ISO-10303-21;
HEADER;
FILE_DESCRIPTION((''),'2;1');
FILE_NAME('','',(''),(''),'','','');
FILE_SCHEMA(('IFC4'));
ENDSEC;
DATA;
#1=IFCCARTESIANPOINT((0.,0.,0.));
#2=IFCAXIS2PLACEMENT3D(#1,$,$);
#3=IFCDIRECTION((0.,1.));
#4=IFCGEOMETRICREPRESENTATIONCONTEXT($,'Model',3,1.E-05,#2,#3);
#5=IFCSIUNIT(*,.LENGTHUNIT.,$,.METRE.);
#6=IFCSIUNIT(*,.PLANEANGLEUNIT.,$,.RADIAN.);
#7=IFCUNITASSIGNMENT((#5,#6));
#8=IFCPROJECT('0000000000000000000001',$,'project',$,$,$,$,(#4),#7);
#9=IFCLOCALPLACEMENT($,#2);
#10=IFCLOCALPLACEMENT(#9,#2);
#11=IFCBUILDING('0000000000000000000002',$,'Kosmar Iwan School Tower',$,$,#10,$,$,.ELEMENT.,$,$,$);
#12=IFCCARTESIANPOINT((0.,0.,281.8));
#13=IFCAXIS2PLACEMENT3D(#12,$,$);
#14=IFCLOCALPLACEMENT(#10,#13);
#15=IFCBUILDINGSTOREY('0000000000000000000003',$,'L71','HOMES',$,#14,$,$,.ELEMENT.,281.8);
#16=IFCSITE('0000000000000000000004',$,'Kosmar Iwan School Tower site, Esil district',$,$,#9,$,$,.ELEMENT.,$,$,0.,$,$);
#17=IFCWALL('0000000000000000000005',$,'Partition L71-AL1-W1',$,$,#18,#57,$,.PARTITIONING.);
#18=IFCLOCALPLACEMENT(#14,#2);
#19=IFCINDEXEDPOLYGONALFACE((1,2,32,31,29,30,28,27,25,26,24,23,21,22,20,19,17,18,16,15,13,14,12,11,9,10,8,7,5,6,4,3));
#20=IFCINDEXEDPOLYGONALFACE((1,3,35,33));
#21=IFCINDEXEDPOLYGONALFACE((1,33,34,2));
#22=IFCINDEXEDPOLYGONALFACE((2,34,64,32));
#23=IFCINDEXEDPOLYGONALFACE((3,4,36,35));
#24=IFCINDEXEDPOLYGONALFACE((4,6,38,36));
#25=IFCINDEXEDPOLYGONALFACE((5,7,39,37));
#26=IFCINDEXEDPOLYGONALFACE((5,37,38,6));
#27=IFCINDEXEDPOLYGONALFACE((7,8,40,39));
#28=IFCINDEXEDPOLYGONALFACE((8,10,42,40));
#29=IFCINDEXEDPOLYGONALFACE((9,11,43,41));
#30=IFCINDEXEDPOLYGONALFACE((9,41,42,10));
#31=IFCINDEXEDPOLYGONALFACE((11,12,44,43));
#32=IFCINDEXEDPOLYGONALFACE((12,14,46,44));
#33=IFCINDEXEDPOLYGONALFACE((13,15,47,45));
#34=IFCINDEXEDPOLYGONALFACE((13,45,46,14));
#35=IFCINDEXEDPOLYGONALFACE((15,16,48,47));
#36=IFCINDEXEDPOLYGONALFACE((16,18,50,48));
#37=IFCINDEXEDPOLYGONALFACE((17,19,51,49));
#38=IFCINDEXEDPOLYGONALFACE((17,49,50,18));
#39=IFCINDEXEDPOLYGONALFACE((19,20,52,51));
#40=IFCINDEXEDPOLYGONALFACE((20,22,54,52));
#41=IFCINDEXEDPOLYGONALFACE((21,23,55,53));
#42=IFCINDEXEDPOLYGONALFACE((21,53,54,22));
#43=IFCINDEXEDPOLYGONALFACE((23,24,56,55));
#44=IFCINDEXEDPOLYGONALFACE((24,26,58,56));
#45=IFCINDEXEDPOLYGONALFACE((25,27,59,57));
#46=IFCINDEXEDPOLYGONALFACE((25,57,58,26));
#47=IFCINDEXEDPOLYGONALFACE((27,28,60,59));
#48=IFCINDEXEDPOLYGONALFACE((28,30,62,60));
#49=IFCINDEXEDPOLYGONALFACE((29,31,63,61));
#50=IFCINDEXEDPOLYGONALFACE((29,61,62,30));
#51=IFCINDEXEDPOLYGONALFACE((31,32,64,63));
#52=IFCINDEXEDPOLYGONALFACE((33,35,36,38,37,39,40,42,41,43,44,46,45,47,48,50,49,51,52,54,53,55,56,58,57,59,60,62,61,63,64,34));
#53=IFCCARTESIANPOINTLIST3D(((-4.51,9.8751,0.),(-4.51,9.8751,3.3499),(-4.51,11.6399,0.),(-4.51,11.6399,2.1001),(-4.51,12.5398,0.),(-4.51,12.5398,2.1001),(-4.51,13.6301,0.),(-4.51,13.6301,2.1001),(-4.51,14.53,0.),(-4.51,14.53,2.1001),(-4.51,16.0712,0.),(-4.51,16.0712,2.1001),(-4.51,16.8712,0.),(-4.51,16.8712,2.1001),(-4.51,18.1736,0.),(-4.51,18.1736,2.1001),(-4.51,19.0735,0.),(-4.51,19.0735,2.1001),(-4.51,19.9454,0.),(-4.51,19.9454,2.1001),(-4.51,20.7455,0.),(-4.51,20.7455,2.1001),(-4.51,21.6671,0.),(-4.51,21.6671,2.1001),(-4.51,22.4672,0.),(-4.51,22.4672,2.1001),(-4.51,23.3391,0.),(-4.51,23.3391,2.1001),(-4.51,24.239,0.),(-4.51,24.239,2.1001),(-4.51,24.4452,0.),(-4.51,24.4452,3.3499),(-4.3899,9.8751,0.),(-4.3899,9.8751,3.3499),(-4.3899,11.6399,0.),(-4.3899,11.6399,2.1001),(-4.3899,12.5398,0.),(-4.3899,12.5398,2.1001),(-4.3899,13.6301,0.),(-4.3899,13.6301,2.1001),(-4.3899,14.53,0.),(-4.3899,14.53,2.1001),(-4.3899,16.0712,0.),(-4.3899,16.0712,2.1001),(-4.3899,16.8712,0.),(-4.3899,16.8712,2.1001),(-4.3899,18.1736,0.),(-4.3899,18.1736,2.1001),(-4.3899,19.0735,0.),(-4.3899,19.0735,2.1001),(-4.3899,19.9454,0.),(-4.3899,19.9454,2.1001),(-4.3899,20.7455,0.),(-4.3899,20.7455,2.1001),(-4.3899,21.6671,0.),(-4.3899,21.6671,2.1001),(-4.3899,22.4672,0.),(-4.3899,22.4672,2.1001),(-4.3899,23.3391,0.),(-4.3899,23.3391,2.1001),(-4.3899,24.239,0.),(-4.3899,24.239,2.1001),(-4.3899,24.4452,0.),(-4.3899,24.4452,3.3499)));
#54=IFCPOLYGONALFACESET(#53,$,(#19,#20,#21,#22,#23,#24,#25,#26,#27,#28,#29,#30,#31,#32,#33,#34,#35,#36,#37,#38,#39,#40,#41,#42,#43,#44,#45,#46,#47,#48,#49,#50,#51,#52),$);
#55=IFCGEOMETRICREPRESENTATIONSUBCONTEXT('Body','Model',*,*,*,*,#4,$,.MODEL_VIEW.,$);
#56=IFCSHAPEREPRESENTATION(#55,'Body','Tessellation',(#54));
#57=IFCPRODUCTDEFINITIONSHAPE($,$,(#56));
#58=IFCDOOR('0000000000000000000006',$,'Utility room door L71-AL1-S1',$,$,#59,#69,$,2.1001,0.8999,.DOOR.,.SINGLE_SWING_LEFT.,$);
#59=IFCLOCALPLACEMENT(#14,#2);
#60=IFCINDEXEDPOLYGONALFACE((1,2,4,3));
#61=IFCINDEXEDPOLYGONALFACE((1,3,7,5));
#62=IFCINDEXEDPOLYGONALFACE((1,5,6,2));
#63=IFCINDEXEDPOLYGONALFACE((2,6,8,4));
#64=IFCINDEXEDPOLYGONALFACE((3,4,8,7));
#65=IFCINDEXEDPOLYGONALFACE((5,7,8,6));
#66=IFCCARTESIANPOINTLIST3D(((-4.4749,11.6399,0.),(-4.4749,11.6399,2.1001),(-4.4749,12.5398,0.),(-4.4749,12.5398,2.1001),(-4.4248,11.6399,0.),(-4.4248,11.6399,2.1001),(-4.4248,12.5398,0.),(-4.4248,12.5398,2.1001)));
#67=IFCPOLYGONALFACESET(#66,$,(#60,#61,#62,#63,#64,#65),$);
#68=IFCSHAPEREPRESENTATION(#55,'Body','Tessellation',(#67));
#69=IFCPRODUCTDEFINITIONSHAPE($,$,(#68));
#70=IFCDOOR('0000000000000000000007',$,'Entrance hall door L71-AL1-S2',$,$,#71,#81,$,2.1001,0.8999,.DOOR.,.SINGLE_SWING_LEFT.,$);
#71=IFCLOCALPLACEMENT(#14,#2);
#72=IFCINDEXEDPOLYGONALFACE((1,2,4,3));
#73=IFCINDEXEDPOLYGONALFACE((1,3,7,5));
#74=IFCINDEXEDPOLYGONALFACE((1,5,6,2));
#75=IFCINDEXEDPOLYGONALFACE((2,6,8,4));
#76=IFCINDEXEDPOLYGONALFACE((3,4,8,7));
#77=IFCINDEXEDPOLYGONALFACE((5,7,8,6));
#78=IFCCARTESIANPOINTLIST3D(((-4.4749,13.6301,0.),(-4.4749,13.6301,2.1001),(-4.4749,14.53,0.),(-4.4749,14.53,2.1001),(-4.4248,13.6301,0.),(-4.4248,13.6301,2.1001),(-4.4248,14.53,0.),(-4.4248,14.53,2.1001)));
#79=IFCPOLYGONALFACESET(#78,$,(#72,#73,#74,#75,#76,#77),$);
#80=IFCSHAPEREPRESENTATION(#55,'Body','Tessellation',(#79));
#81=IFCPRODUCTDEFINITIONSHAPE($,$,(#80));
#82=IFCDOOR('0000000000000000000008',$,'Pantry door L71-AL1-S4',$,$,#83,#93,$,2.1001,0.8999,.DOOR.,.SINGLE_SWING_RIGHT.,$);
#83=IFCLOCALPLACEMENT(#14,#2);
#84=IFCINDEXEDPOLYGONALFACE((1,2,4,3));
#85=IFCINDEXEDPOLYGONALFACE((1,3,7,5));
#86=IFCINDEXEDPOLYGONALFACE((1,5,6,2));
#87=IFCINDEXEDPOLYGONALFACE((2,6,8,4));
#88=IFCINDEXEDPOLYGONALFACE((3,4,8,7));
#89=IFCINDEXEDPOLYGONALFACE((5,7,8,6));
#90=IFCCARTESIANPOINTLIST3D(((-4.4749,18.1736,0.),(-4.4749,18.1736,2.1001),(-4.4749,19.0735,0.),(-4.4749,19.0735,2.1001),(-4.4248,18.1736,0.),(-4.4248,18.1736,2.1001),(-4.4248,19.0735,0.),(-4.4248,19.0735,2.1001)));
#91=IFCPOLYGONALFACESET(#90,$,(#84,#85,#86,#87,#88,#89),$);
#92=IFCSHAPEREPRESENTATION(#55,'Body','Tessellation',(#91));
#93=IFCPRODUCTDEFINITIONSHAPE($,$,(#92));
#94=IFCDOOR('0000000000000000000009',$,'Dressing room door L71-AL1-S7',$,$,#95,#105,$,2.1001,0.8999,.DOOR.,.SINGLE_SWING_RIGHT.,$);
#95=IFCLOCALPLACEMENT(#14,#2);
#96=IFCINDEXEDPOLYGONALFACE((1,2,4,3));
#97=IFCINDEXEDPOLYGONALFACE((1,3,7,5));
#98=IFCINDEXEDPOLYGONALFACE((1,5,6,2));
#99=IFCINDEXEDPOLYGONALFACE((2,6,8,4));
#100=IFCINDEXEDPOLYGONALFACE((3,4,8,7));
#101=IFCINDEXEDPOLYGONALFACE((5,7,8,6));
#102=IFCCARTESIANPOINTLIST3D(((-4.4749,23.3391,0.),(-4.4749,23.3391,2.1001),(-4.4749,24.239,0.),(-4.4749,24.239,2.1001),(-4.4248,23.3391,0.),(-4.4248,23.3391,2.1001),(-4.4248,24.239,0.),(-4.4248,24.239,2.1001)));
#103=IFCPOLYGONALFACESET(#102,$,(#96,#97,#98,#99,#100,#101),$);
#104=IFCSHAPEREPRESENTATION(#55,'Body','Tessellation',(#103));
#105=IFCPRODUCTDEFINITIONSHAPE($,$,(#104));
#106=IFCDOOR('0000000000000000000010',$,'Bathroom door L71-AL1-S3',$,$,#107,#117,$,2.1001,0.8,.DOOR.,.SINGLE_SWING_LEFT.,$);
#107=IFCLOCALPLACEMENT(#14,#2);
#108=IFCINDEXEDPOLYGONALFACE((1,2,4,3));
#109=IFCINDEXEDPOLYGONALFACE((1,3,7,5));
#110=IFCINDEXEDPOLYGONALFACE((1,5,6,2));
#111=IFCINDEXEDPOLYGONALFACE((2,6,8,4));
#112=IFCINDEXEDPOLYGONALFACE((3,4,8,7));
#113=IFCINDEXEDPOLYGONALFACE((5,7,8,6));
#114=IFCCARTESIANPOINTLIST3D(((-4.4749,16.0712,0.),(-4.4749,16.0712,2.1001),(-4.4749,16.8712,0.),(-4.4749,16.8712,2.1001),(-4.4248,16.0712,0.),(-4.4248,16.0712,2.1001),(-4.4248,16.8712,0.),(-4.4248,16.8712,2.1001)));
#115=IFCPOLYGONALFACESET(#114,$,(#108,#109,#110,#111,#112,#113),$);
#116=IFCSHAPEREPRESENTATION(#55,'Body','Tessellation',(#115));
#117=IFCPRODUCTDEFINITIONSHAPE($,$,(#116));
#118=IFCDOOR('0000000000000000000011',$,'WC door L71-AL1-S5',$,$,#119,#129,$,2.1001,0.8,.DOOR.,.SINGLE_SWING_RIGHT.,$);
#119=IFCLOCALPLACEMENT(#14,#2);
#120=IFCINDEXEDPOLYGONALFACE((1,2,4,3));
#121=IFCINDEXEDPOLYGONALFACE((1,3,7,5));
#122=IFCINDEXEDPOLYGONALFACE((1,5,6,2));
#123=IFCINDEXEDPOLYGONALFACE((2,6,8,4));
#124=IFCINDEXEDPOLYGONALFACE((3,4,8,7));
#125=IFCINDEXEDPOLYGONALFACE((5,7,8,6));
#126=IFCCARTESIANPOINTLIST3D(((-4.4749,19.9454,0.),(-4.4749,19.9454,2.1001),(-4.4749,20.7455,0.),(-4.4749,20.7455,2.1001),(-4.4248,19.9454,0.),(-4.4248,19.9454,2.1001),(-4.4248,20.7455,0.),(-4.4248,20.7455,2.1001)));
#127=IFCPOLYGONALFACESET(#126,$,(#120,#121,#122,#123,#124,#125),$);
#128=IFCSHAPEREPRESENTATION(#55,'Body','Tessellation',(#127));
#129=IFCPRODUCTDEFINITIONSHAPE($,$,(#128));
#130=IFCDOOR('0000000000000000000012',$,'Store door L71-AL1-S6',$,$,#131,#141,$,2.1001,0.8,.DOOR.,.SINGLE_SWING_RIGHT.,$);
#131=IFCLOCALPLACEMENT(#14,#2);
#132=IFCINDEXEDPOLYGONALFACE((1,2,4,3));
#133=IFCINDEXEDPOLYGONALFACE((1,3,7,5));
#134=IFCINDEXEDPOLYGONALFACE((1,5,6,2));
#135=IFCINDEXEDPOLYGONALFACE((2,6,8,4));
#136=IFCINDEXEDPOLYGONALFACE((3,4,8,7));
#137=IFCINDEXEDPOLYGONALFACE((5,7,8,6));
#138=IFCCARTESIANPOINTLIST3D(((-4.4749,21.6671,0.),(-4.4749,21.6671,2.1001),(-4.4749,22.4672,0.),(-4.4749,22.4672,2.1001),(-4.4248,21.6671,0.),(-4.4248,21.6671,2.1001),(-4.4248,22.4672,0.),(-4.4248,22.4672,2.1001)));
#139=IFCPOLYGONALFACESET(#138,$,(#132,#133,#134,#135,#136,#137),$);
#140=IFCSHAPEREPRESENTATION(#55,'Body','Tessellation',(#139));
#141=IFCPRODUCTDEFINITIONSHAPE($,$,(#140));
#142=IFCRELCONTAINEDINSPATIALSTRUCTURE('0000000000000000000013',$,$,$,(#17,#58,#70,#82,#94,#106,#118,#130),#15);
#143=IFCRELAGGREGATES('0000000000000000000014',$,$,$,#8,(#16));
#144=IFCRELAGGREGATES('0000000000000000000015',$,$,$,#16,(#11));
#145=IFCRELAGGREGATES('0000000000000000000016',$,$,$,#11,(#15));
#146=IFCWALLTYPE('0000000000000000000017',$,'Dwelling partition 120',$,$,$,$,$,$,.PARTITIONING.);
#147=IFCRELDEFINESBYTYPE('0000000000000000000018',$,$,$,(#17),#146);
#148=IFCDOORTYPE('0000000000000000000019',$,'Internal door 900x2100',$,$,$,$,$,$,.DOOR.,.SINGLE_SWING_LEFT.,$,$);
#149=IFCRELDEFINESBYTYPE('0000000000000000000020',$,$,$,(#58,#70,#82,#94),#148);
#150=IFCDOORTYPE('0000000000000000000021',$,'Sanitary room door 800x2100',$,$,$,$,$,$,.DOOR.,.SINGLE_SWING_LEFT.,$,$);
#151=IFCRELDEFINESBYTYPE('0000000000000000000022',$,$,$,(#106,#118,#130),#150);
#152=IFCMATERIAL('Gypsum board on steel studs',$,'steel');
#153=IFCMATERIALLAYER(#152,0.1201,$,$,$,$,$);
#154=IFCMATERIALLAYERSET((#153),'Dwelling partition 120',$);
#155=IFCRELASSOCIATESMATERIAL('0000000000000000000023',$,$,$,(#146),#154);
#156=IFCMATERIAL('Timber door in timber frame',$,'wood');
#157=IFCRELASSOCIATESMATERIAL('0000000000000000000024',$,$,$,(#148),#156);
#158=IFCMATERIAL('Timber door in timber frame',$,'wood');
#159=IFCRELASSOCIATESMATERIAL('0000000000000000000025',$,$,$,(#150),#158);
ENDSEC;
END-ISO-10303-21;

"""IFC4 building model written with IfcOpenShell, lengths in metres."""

from ifc_helpers import new_model, si_unit, direction, frame, frame_2d, origin, place, context, subcontext, project, spatial, rectangle, extrude, material, layer, layer_set, type_object, element, fill, save


model = new_model("IFC4")

# Units and contexts
model_context = context("Model", 3, precision=1e-05, world=origin(), true_north=direction((0.0, 1.0)))
body_context = subcontext(model_context, "Body", "Model", "MODEL_VIEW")
ifc_project = project(units=[si_unit("LENGTHUNIT", "METRE"), si_unit("PLANEANGLEUNIT", "RADIAN")], contexts=[model_context])

# Site, building, storey
site_placement = place(None, origin())
site = spatial("IfcSite", under=ifc_project, at=site_placement, Name="Kosmar Iwan School Tower site, Esil district", CompositionType="ELEMENT", RefElevation=0.0)
building_placement = place(site_placement, origin())
building = spatial("IfcBuilding", under=site, at=building_placement, Name="Kosmar Iwan School Tower", CompositionType="ELEMENT")
storey_placement = place(building_placement, frame((0.0, 0.0, 281.8)))
storey = spatial("IfcBuildingStorey", under=building, at=storey_placement, Name="L71", Description="HOMES", CompositionType="ELEMENT", Elevation=281.8)

# Wall, openings, doors
ifc_material_1 = material(Name="Gypsum board on steel studs", Category="steel")
ifc_layer_1 = layer(ifc_material_1, 0.1201)
ifc_layer_set_1 = layer_set([ifc_layer_1], Name="Dwelling partition 120")
wall_type_1 = type_object("IfcWallType", Name="Dwelling partition 120", PredefinedType="PARTITIONING", material=ifc_layer_set_1)
wall_1_placement = place(storey_placement, frame((-4.45, 9.875, 0.0), z_axis=(0.0, 0.0, 1.0), x_axis=(0.0, 1.0, 0.0)))
wall_1 = element("IfcWall", 1, at=wall_1_placement, inside=storey, type_object=wall_type_1, Name="Partition L71-AL1-W1", PredefinedType="PARTITIONING", context=body_context, shape_type="SweptSolid", body=[
    extrude(rectangle(XDim=14.5701, YDim=0.1201, at=frame_2d((7.2852, 0.0))), origin(), (0.0, 0.0, 1.0), 3.3499),
])
opening_1_placement = place(wall_1_placement, frame((1.7649, 0.0, 0.0)))
opening_1 = element("IfcOpeningElement", 2, at=opening_1_placement, cuts=wall_1, PredefinedType="OPENING", context=body_context, shape_type="SweptSolid", body=[
    extrude(rectangle(XDim=0.8999, YDim=2.1001, at=frame_2d((0.45, 1.05))), frame((0.0, 0.072, 0.0), z_axis=(0.0, -1.0, 0.0), x_axis=(1.0, 0.0, 0.0)), (0.0, 0.0, 1.0), 0.144),
])
opening_2_placement = place(wall_1_placement, frame((3.7551, 0.0, 0.0)))
opening_2 = element("IfcOpeningElement", 3, at=opening_2_placement, cuts=wall_1, PredefinedType="OPENING", context=body_context, shape_type="SweptSolid", body=[
    extrude(rectangle(XDim=0.8999, YDim=2.1001, at=frame_2d((0.45, 1.05))), frame((0.0, 0.072, 0.0), z_axis=(0.0, -1.0, 0.0), x_axis=(1.0, 0.0, 0.0)), (0.0, 0.0, 1.0), 0.144),
])
opening_3_placement = place(wall_1_placement, frame((6.1963, 0.0, 0.0)))
opening_3 = element("IfcOpeningElement", 4, at=opening_3_placement, cuts=wall_1, PredefinedType="OPENING", context=body_context, shape_type="SweptSolid", body=[
    extrude(rectangle(XDim=0.8, YDim=2.1001, at=frame_2d((0.3999, 1.05))), frame((0.0, 0.072, 0.0), z_axis=(0.0, -1.0, 0.0), x_axis=(1.0, 0.0, 0.0)), (0.0, 0.0, 1.0), 0.144),
])
opening_4_placement = place(wall_1_placement, frame((8.2986, 0.0, 0.0)))
opening_4 = element("IfcOpeningElement", 5, at=opening_4_placement, cuts=wall_1, PredefinedType="OPENING", context=body_context, shape_type="SweptSolid", body=[
    extrude(rectangle(XDim=0.8999, YDim=2.1001, at=frame_2d((0.45, 1.05))), frame((0.0, 0.072, 0.0), z_axis=(0.0, -1.0, 0.0), x_axis=(1.0, 0.0, 0.0)), (0.0, 0.0, 1.0), 0.144),
])
opening_5_placement = place(wall_1_placement, frame((10.0706, 0.0, 0.0)))
opening_5 = element("IfcOpeningElement", 6, at=opening_5_placement, cuts=wall_1, PredefinedType="OPENING", context=body_context, shape_type="SweptSolid", body=[
    extrude(rectangle(XDim=0.8, YDim=2.1001, at=frame_2d((0.3999, 1.05))), frame((0.0, 0.072, 0.0), z_axis=(0.0, -1.0, 0.0), x_axis=(1.0, 0.0, 0.0)), (0.0, 0.0, 1.0), 0.144),
])
opening_6_placement = place(wall_1_placement, frame((11.7922, 0.0, 0.0)))
opening_6 = element("IfcOpeningElement", 7, at=opening_6_placement, cuts=wall_1, PredefinedType="OPENING", context=body_context, shape_type="SweptSolid", body=[
    extrude(rectangle(XDim=0.8, YDim=2.1001, at=frame_2d((0.3999, 1.05))), frame((0.0, 0.072, 0.0), z_axis=(0.0, -1.0, 0.0), x_axis=(1.0, 0.0, 0.0)), (0.0, 0.0, 1.0), 0.144),
])
opening_7_placement = place(wall_1_placement, frame((13.4641, 0.0, 0.0)))
opening_7 = element("IfcOpeningElement", 8, at=opening_7_placement, cuts=wall_1, PredefinedType="OPENING", context=body_context, shape_type="SweptSolid", body=[
    extrude(rectangle(XDim=0.8999, YDim=2.1001, at=frame_2d((0.45, 1.05))), frame((0.0, 0.072, 0.0), z_axis=(0.0, -1.0, 0.0), x_axis=(1.0, 0.0, 0.0)), (0.0, 0.0, 1.0), 0.144),
])
ifc_material_2 = material(Name="Timber door in timber frame", Category="wood")
door_type_1 = type_object("IfcDoorType", Name="Internal door 900x2100", OperationType="SINGLE_SWING_LEFT", PredefinedType="DOOR", material=ifc_material_2)
door_1_placement = place(opening_1_placement, origin())
door_1 = element("IfcDoor", 9, at=door_1_placement, inside=storey, type_object=door_type_1, Name="Utility room door L71-AL1-S1", OperationType="SINGLE_SWING_LEFT", OverallHeight=2.1001, OverallWidth=0.8999, PredefinedType="DOOR", context=body_context, shape_type="SweptSolid", body=[
    extrude(rectangle(XDim=0.8999, YDim=2.1001, at=frame_2d((0.45, 1.05))), frame((0.0, 0.0249, 0.0), z_axis=(0.0, -1.0, 0.0), x_axis=(1.0, 0.0, 0.0)), (0.0, 0.0, 1.0), 0.05),
])
fill(opening_1, door_1)
door_2_placement = place(opening_2_placement, origin())
door_2 = element("IfcDoor", 10, at=door_2_placement, inside=storey, type_object=door_type_1, Name="Entrance hall door L71-AL1-S2", OperationType="SINGLE_SWING_LEFT", OverallHeight=2.1001, OverallWidth=0.8999, PredefinedType="DOOR", context=body_context, shape_type="SweptSolid", body=[
    extrude(rectangle(XDim=0.8999, YDim=2.1001, at=frame_2d((0.45, 1.05))), frame((0.0, 0.0249, 0.0), z_axis=(0.0, -1.0, 0.0), x_axis=(1.0, 0.0, 0.0)), (0.0, 0.0, 1.0), 0.05),
])
fill(opening_2, door_2)
door_3_placement = place(opening_4_placement, origin())
door_3 = element("IfcDoor", 11, at=door_3_placement, inside=storey, type_object=door_type_1, Name="Pantry door L71-AL1-S4", OperationType="SINGLE_SWING_RIGHT", OverallHeight=2.1001, OverallWidth=0.8999, PredefinedType="DOOR", context=body_context, shape_type="SweptSolid", body=[
    extrude(rectangle(XDim=0.8999, YDim=2.1001, at=frame_2d((0.45, 1.05))), frame((0.0, 0.0249, 0.0), z_axis=(0.0, -1.0, 0.0), x_axis=(1.0, 0.0, 0.0)), (0.0, 0.0, 1.0), 0.05),
])
fill(opening_4, door_3)
door_4_placement = place(opening_7_placement, origin())
door_4 = element("IfcDoor", 12, at=door_4_placement, inside=storey, type_object=door_type_1, Name="Dressing room door L71-AL1-S7", OperationType="SINGLE_SWING_RIGHT", OverallHeight=2.1001, OverallWidth=0.8999, PredefinedType="DOOR", context=body_context, shape_type="SweptSolid", body=[
    extrude(rectangle(XDim=0.8999, YDim=2.1001, at=frame_2d((0.45, 1.05))), frame((0.0, 0.0249, 0.0), z_axis=(0.0, -1.0, 0.0), x_axis=(1.0, 0.0, 0.0)), (0.0, 0.0, 1.0), 0.05),
])
fill(opening_7, door_4)
ifc_material_3 = material(Name="Timber door in timber frame", Category="wood")
door_type_2 = type_object("IfcDoorType", Name="Sanitary room door 800x2100", OperationType="SINGLE_SWING_LEFT", PredefinedType="DOOR", material=ifc_material_3)
door_5_placement = place(opening_3_placement, origin())
door_5 = element("IfcDoor", 13, at=door_5_placement, inside=storey, type_object=door_type_2, Name="Bathroom door L71-AL1-S3", OperationType="SINGLE_SWING_LEFT", OverallHeight=2.1001, OverallWidth=0.8, PredefinedType="DOOR", context=body_context, shape_type="SweptSolid", body=[
    extrude(rectangle(XDim=0.8, YDim=2.1001, at=frame_2d((0.3999, 1.05))), frame((0.0, 0.0249, 0.0), z_axis=(0.0, -1.0, 0.0), x_axis=(1.0, 0.0, 0.0)), (0.0, 0.0, 1.0), 0.05),
])
fill(opening_3, door_5)
door_6_placement = place(opening_5_placement, origin())
door_6 = element("IfcDoor", 14, at=door_6_placement, inside=storey, type_object=door_type_2, Name="WC door L71-AL1-S5", OperationType="SINGLE_SWING_RIGHT", OverallHeight=2.1001, OverallWidth=0.8, PredefinedType="DOOR", context=body_context, shape_type="SweptSolid", body=[
    extrude(rectangle(XDim=0.8, YDim=2.1001, at=frame_2d((0.3999, 1.05))), frame((0.0, 0.0249, 0.0), z_axis=(0.0, -1.0, 0.0), x_axis=(1.0, 0.0, 0.0)), (0.0, 0.0, 1.0), 0.05),
])
fill(opening_5, door_6)
door_7_placement = place(opening_6_placement, origin())
door_7 = element("IfcDoor", 15, at=door_7_placement, inside=storey, type_object=door_type_2, Name="Store door L71-AL1-S6", OperationType="SINGLE_SWING_RIGHT", OverallHeight=2.1001, OverallWidth=0.8, PredefinedType="DOOR", context=body_context, shape_type="SweptSolid", body=[
    extrude(rectangle(XDim=0.8, YDim=2.1001, at=frame_2d((0.3999, 1.05))), frame((0.0, 0.0249, 0.0), z_axis=(0.0, -1.0, 0.0), x_axis=(1.0, 0.0, 0.0)), (0.0, 0.0, 1.0), 0.05),
])
fill(opening_6, door_7)

save(model, "model.ifc")
